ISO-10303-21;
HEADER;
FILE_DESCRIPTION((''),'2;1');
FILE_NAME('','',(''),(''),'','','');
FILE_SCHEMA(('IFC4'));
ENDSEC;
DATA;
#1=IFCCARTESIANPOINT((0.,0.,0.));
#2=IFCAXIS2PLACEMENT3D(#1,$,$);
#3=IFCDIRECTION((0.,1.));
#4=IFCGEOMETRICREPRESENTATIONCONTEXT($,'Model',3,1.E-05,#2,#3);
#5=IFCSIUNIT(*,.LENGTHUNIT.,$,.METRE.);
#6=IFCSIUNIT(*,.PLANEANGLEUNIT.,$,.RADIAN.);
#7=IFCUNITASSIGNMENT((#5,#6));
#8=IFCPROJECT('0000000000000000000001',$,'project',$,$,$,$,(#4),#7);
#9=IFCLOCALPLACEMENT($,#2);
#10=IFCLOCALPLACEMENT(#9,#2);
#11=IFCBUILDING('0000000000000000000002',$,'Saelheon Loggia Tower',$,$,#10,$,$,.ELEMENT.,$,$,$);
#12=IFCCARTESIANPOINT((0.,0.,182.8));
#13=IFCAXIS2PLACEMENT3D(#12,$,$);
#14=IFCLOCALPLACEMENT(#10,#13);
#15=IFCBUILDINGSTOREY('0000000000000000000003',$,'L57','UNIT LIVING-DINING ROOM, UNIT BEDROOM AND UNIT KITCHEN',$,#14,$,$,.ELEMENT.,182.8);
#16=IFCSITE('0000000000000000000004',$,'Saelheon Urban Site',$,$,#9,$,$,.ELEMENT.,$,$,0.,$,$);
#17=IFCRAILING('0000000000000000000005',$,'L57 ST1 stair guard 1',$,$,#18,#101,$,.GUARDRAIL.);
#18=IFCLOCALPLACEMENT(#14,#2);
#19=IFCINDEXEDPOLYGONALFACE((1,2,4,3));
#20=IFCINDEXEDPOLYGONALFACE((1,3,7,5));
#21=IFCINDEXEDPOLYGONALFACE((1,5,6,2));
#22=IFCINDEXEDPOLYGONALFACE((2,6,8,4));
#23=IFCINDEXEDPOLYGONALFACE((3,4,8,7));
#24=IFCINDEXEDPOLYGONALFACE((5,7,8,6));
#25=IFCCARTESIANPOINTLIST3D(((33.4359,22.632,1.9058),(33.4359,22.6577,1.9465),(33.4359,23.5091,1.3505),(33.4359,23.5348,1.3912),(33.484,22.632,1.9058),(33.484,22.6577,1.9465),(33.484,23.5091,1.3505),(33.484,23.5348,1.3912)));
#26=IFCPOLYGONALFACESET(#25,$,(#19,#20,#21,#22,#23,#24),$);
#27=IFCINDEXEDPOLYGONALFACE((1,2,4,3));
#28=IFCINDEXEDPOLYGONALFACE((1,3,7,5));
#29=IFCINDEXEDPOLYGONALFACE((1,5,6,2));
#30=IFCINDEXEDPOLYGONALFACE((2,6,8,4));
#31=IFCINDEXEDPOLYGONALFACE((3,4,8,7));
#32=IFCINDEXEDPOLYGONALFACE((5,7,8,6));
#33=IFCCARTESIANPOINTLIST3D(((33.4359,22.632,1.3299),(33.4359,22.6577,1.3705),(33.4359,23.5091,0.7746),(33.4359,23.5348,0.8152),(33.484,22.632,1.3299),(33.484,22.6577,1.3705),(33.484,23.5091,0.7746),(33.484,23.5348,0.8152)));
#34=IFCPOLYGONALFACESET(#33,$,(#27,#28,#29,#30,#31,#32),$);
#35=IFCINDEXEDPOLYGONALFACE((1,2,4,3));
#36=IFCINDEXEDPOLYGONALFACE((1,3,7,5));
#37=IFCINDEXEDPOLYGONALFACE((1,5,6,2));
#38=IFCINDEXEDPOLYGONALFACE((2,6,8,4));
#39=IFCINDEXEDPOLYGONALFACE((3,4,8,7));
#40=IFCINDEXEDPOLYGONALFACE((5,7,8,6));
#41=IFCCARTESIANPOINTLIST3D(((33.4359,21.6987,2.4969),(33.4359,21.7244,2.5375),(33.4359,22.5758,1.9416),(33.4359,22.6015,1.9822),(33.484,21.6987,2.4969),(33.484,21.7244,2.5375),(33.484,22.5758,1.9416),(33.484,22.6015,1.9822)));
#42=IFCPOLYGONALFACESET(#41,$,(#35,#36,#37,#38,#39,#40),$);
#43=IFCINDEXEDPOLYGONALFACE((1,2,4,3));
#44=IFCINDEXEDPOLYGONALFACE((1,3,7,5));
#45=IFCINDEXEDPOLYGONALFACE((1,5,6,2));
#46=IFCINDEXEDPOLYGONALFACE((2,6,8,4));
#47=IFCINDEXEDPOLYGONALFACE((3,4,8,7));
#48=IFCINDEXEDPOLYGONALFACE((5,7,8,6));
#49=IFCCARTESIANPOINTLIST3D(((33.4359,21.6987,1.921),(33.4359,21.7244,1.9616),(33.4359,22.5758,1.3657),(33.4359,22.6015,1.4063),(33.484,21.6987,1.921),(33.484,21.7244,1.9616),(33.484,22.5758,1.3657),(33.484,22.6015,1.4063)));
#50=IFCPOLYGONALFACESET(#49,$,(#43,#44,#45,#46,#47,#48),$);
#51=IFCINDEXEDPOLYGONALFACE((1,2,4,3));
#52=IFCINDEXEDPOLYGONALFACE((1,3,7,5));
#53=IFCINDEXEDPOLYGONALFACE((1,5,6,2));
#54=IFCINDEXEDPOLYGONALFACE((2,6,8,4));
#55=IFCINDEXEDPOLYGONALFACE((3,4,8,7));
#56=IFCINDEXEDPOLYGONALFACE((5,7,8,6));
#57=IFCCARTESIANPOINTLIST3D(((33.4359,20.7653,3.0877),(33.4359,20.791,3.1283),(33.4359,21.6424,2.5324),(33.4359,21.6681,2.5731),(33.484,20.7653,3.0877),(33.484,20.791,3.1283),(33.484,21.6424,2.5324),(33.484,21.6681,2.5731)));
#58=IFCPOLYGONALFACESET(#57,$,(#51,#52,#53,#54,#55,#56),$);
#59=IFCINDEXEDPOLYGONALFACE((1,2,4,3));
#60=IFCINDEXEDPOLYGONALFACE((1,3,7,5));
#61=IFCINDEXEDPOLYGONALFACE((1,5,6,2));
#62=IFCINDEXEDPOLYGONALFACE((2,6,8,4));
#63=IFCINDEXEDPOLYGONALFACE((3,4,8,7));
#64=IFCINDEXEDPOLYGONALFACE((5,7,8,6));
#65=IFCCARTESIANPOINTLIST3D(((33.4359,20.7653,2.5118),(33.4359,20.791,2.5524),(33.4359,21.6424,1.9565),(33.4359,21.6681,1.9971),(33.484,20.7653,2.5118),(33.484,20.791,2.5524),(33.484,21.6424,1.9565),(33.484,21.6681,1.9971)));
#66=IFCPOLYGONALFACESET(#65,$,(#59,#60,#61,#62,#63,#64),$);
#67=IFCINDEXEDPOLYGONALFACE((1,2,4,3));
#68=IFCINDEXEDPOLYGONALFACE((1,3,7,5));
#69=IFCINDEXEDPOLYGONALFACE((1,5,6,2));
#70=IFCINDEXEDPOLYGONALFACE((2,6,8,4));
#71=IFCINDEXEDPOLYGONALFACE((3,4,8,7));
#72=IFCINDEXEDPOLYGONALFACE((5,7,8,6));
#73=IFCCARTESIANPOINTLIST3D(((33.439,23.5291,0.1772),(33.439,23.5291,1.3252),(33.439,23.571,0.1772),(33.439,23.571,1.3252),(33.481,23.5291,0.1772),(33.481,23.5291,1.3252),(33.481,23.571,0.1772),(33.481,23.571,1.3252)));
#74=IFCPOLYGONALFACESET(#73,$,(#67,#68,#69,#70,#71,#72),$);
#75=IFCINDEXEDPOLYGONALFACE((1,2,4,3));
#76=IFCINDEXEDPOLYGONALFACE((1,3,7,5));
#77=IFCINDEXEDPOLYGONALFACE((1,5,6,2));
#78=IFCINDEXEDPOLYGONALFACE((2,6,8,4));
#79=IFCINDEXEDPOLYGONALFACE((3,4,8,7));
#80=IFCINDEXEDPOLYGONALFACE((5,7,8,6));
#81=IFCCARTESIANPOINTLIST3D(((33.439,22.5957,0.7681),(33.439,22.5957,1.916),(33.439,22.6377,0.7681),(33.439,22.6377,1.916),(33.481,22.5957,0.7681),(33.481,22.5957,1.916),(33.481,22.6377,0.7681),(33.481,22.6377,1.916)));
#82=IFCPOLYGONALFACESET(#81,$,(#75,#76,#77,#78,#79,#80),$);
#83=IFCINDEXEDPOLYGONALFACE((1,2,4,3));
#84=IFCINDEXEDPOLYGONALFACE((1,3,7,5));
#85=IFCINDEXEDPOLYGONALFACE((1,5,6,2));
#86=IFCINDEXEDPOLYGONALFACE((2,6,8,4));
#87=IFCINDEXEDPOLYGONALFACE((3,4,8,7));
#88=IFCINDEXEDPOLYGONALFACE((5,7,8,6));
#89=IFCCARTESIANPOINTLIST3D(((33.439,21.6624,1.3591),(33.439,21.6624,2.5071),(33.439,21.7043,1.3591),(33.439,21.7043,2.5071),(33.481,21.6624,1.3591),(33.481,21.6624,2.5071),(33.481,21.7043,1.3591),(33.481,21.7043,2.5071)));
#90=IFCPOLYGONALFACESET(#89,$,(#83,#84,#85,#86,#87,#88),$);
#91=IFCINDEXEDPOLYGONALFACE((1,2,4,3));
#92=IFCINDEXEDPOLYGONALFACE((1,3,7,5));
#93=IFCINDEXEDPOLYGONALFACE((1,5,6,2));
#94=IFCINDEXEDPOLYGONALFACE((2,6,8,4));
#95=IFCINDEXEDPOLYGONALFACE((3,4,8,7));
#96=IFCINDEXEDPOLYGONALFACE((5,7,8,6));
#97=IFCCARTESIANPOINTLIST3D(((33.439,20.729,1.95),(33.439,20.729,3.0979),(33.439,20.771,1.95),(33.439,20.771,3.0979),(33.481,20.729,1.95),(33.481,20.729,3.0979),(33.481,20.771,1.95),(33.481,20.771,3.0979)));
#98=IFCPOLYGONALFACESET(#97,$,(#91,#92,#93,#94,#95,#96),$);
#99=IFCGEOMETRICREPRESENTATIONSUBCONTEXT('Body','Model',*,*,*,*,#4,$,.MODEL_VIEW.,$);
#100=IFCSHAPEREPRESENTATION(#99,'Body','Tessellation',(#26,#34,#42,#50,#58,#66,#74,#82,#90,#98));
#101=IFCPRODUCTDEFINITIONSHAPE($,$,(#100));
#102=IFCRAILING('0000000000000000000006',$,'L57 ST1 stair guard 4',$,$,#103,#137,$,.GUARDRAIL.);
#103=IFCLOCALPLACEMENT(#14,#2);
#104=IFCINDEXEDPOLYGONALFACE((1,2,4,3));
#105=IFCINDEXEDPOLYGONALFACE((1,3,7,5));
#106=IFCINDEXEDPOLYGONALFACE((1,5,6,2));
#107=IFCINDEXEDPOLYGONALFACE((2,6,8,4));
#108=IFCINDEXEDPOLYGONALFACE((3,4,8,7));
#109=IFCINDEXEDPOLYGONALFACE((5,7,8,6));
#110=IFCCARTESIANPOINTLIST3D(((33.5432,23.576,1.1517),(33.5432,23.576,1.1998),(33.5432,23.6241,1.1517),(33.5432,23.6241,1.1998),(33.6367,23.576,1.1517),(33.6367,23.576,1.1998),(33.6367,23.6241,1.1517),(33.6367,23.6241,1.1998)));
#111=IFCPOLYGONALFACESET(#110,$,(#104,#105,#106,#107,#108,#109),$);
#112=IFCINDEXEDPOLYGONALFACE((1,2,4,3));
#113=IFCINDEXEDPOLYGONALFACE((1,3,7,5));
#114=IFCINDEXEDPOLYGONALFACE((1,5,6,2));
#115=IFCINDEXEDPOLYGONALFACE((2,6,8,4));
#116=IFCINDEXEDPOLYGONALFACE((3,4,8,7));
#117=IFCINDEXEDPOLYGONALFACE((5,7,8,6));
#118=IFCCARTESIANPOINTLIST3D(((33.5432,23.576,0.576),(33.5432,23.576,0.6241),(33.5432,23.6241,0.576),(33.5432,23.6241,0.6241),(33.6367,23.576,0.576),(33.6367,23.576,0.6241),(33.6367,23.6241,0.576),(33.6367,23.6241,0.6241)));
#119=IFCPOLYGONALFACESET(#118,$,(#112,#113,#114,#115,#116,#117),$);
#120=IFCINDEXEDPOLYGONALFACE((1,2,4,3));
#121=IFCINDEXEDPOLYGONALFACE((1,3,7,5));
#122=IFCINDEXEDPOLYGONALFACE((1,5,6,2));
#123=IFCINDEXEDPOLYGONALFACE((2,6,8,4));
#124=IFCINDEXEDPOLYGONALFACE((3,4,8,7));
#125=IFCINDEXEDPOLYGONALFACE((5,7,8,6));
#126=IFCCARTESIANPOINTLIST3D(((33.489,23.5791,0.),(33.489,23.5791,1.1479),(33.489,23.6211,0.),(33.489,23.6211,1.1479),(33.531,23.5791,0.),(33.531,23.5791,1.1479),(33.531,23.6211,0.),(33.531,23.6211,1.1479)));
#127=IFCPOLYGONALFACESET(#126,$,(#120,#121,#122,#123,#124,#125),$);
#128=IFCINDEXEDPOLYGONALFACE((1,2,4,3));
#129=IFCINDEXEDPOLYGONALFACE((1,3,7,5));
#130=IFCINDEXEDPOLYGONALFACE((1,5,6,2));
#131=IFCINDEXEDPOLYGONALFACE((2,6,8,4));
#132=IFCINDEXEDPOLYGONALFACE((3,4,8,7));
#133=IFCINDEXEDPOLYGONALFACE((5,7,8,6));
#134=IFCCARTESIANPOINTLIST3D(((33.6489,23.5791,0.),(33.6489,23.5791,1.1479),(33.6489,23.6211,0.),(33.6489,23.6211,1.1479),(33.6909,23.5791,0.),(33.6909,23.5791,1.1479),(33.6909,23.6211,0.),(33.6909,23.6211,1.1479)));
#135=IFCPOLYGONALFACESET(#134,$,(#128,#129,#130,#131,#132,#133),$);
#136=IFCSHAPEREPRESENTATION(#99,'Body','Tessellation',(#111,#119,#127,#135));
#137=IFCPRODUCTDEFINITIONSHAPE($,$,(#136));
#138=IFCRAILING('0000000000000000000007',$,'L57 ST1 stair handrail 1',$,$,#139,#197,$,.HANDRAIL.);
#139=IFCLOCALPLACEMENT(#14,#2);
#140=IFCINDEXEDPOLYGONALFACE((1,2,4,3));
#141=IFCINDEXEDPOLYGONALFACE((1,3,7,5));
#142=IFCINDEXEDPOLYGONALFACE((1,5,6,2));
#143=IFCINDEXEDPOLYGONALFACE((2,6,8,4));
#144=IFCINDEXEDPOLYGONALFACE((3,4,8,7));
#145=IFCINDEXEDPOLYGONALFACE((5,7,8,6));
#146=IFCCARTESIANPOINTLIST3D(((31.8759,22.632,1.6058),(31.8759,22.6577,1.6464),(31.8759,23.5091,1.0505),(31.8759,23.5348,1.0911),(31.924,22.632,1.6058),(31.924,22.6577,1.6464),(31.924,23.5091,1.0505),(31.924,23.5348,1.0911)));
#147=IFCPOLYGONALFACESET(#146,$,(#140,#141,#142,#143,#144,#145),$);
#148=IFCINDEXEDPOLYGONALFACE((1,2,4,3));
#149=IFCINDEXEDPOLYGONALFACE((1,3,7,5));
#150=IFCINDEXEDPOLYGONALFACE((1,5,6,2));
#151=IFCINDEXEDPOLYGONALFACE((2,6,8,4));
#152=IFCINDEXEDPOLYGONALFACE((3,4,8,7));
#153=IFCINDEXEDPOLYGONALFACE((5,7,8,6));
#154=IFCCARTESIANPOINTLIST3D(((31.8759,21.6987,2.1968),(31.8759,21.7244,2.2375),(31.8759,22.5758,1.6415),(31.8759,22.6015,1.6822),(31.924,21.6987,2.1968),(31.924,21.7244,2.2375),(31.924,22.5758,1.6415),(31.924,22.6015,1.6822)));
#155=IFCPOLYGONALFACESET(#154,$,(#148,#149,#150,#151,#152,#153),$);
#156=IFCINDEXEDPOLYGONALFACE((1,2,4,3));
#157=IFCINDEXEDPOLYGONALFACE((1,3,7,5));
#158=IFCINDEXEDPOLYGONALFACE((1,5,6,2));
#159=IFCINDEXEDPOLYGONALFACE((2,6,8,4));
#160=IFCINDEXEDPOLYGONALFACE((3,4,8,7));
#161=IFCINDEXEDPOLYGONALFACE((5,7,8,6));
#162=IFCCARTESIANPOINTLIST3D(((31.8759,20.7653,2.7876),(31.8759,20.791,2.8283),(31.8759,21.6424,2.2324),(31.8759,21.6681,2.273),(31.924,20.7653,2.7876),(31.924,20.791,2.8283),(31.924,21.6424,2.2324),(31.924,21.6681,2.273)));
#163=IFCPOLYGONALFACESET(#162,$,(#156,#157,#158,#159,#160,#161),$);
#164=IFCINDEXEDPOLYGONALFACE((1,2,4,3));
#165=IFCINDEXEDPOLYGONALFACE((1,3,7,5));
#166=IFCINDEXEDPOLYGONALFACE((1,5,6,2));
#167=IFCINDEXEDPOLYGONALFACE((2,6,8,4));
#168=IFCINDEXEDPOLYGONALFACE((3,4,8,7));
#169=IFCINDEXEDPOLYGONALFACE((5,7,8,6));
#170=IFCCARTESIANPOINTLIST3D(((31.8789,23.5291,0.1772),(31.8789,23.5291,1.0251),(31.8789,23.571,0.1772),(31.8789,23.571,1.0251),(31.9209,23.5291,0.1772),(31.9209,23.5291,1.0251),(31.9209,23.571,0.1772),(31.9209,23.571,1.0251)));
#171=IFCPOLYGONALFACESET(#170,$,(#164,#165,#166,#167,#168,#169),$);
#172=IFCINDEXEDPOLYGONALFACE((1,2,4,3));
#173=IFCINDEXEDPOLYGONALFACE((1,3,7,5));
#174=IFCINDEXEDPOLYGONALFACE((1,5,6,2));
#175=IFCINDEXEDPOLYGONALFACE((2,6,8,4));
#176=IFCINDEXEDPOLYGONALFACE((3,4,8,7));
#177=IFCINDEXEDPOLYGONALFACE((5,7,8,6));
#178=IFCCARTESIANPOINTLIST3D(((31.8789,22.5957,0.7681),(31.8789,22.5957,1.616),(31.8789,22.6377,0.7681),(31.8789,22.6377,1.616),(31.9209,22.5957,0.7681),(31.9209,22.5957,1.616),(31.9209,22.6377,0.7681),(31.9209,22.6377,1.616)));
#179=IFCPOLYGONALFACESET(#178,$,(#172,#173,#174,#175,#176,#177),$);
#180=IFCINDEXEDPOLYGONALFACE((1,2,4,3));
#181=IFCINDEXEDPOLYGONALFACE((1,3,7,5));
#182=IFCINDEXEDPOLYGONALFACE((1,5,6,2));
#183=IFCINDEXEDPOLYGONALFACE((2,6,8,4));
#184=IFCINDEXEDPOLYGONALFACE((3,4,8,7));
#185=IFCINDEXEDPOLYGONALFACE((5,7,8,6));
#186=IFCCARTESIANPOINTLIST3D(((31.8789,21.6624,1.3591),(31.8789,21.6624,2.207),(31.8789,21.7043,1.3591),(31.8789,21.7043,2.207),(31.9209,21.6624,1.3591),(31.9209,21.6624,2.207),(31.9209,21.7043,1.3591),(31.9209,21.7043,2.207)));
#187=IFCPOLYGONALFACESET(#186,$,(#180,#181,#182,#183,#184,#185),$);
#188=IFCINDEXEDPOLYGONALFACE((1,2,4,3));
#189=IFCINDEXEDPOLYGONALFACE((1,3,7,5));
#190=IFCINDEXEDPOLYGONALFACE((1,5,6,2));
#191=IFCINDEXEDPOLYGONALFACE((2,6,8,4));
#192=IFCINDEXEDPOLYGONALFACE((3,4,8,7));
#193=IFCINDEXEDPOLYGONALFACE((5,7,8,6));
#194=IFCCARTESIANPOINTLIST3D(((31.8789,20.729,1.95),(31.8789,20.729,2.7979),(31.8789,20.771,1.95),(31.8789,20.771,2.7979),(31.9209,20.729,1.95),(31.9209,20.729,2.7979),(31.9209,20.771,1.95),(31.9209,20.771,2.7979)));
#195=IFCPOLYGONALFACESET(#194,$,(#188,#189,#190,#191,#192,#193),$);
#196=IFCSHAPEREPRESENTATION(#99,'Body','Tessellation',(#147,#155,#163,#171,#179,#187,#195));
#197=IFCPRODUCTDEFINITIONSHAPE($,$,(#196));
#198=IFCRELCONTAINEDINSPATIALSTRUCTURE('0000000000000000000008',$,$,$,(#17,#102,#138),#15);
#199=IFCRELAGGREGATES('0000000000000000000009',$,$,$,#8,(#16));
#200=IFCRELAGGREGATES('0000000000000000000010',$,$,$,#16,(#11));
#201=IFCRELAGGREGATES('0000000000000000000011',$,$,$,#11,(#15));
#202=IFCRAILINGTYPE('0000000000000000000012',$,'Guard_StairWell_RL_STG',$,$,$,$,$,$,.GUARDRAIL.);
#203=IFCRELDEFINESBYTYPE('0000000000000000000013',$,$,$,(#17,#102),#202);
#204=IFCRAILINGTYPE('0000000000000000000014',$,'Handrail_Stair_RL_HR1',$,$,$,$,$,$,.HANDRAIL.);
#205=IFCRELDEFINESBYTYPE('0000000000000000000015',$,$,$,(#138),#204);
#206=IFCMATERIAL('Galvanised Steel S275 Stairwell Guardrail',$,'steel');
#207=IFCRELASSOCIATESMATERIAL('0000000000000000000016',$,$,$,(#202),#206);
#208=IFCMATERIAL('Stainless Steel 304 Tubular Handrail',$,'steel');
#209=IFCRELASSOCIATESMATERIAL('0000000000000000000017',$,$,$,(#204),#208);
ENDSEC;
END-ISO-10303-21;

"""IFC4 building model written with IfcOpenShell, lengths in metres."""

from ifc_helpers import new_model, si_unit, direction, frame, origin, origin_2d, place, context, subcontext, project, spatial, rectangle, extrude, material, type_object, element, save


model = new_model("IFC4")

# Units and contexts
model_context = context("Model", 3, precision=1e-05, world=origin(), true_north=direction((0.0, 1.0)))
body_context = subcontext(model_context, "Body", "Model", "MODEL_VIEW")
ifc_project = project(units=[si_unit("LENGTHUNIT", "METRE"), si_unit("PLANEANGLEUNIT", "RADIAN")], contexts=[model_context])

# Site, building, storey
site_placement = place(None, origin())
site = spatial("IfcSite", under=ifc_project, at=site_placement, Name="Saelheon Urban Site", CompositionType="ELEMENT", RefElevation=0.0)
building_placement = place(site_placement, origin())
building = spatial("IfcBuilding", under=site, at=building_placement, Name="Saelheon Loggia Tower", CompositionType="ELEMENT")
storey_placement = place(building_placement, frame((0.0, 0.0, 182.8)))
storey = spatial("IfcBuildingStorey", under=building, at=storey_placement, Name="L57", Description="UNIT LIVING-DINING ROOM, UNIT BEDROOM AND UNIT KITCHEN", CompositionType="ELEMENT", Elevation=182.8)

# Railings
ifc_material_1 = material(Name="Galvanised Steel S275 Stairwell Guardrail", Category="steel")
railing_type_1 = type_object("IfcRailingType", Name="Guard_StairWell_RL_STG", PredefinedType="GUARDRAIL", material=ifc_material_1)
railing_1_placement = place(storey_placement, frame((33.46, 23.55, 0.1772)))
element("IfcRailing", 1, at=railing_1_placement, inside=storey, type_object=railing_type_1, Name="L57 ST1 stair guard 1", PredefinedType="GUARDRAIL", context=body_context, shape_type="SweptSolid", body=[
    extrude(rectangle(XDim=0.0481, YDim=0.0481, at=origin_2d()), frame((0.0, -0.0281, 1.1936), z_axis=(0.0, -0.844909, 0.53491), x_axis=(1.0, 0.0, 0.0)), (0.0, 0.0, 1.0), 1.0381),
    extrude(rectangle(XDim=0.0481, YDim=0.0481, at=origin_2d()), frame((0.0, -0.0281, 0.6177), z_axis=(0.0, -0.844909, 0.53491), x_axis=(1.0, 0.0, 0.0)), (0.0, 0.0, 1.0), 1.0381),
    extrude(rectangle(XDim=0.0481, YDim=0.0481, at=origin_2d()), frame((0.0, -0.9614, 1.7847), z_axis=(0.0, -0.844909, 0.53491), x_axis=(1.0, 0.0, 0.0)), (0.0, 0.0, 1.0), 1.0381),
    extrude(rectangle(XDim=0.0481, YDim=0.0481, at=origin_2d()), frame((0.0, -0.9614, 1.2087), z_axis=(0.0, -0.844909, 0.53491), x_axis=(1.0, 0.0, 0.0)), (0.0, 0.0, 1.0), 1.0381),
    extrude(rectangle(XDim=0.0481, YDim=0.0481, at=origin_2d()), frame((0.0, -1.8948, 2.3755), z_axis=(0.0, -0.844909, 0.53491), x_axis=(1.0, 0.0, 0.0)), (0.0, 0.0, 1.0), 1.0381),
    extrude(rectangle(XDim=0.0481, YDim=0.0481, at=origin_2d()), frame((0.0, -1.8948, 1.7996), z_axis=(0.0, -0.844909, 0.53491), x_axis=(1.0, 0.0, 0.0)), (0.0, 0.0, 1.0), 1.0381),
    extrude(rectangle(XDim=0.042, YDim=0.042, at=origin_2d()), origin(), (0.0, 0.0, 1.0), 1.1479),
    extrude(rectangle(XDim=0.042, YDim=0.042, at=origin_2d()), frame((0.0, -0.9333, 0.5908)), (0.0, 0.0, 1.0), 1.1479),
    extrude(rectangle(XDim=0.042, YDim=0.042, at=origin_2d()), frame((0.0, -1.8667, 1.1819)), (0.0, 0.0, 1.0), 1.1479),
    extrude(rectangle(XDim=0.042, YDim=0.042, at=origin_2d()), frame((0.0, -2.8, 1.7727)), (0.0, 0.0, 1.0), 1.1479),
])
railing_2_placement = place(storey_placement, frame((33.51, 23.6001, 0.0)))
element("IfcRailing", 2, at=railing_2_placement, inside=storey, type_object=railing_type_1, Name="L57 ST1 stair guard 4", PredefinedType="GUARDRAIL", context=body_context, shape_type="SweptSolid", body=[
    extrude(rectangle(XDim=0.0481, YDim=0.0481, at=origin_2d()), frame((0.0332, 0.0, 1.1758), z_axis=(1.0, 0.0, 0.0), x_axis=(0.0, 1.0, 0.0)), (0.0, 0.0, 1.0), 0.0935),
    extrude(rectangle(XDim=0.0481, YDim=0.0481, at=origin_2d()), frame((0.0332, 0.0, 0.6001), z_axis=(1.0, 0.0, 0.0), x_axis=(0.0, 1.0, 0.0)), (0.0, 0.0, 1.0), 0.0935),
    extrude(rectangle(XDim=0.042, YDim=0.042, at=origin_2d()), origin(), (0.0, 0.0, 1.0), 1.1479),
    extrude(rectangle(XDim=0.042, YDim=0.042, at=origin_2d()), frame((0.1599, 0.0, 0.0)), (0.0, 0.0, 1.0), 1.1479),
])
ifc_material_2 = material(Name="Stainless Steel 304 Tubular Handrail", Category="steel")
railing_type_2 = type_object("IfcRailingType", Name="Handrail_Stair_RL_HR1", PredefinedType="HANDRAIL", material=ifc_material_2)
railing_3_placement = place(storey_placement, frame((31.8999, 23.55, 0.1772)))
element("IfcRailing", 3, at=railing_3_placement, inside=storey, type_object=railing_type_2, Name="L57 ST1 stair handrail 1", PredefinedType="HANDRAIL", context=body_context, shape_type="SweptSolid", body=[
    extrude(rectangle(XDim=0.0481, YDim=0.0481, at=origin_2d()), frame((0.0, -0.0281, 0.8936), z_axis=(0.0, -0.844909, 0.53491), x_axis=(1.0, 0.0, 0.0)), (0.0, 0.0, 1.0), 1.0381),
    extrude(rectangle(XDim=0.0481, YDim=0.0481, at=origin_2d()), frame((0.0, -0.9614, 1.4846), z_axis=(0.0, -0.844909, 0.53491), x_axis=(1.0, 0.0, 0.0)), (0.0, 0.0, 1.0), 1.0381),
    extrude(rectangle(XDim=0.0481, YDim=0.0481, at=origin_2d()), frame((0.0, -1.8948, 2.0754), z_axis=(0.0, -0.844909, 0.53491), x_axis=(1.0, 0.0, 0.0)), (0.0, 0.0, 1.0), 1.0381),
    extrude(rectangle(XDim=0.042, YDim=0.042, at=origin_2d()), origin(), (0.0, 0.0, 1.0), 0.8479),
    extrude(rectangle(XDim=0.042, YDim=0.042, at=origin_2d()), frame((0.0, -0.9333, 0.5908)), (0.0, 0.0, 1.0), 0.8479),
    extrude(rectangle(XDim=0.042, YDim=0.042, at=origin_2d()), frame((0.0, -1.8667, 1.1819)), (0.0, 0.0, 1.0), 0.8479),
    extrude(rectangle(XDim=0.042, YDim=0.042, at=origin_2d()), frame((0.0, -2.8, 1.7727)), (0.0, 0.0, 1.0), 0.8479),
])

save(model, "model.ifc")
